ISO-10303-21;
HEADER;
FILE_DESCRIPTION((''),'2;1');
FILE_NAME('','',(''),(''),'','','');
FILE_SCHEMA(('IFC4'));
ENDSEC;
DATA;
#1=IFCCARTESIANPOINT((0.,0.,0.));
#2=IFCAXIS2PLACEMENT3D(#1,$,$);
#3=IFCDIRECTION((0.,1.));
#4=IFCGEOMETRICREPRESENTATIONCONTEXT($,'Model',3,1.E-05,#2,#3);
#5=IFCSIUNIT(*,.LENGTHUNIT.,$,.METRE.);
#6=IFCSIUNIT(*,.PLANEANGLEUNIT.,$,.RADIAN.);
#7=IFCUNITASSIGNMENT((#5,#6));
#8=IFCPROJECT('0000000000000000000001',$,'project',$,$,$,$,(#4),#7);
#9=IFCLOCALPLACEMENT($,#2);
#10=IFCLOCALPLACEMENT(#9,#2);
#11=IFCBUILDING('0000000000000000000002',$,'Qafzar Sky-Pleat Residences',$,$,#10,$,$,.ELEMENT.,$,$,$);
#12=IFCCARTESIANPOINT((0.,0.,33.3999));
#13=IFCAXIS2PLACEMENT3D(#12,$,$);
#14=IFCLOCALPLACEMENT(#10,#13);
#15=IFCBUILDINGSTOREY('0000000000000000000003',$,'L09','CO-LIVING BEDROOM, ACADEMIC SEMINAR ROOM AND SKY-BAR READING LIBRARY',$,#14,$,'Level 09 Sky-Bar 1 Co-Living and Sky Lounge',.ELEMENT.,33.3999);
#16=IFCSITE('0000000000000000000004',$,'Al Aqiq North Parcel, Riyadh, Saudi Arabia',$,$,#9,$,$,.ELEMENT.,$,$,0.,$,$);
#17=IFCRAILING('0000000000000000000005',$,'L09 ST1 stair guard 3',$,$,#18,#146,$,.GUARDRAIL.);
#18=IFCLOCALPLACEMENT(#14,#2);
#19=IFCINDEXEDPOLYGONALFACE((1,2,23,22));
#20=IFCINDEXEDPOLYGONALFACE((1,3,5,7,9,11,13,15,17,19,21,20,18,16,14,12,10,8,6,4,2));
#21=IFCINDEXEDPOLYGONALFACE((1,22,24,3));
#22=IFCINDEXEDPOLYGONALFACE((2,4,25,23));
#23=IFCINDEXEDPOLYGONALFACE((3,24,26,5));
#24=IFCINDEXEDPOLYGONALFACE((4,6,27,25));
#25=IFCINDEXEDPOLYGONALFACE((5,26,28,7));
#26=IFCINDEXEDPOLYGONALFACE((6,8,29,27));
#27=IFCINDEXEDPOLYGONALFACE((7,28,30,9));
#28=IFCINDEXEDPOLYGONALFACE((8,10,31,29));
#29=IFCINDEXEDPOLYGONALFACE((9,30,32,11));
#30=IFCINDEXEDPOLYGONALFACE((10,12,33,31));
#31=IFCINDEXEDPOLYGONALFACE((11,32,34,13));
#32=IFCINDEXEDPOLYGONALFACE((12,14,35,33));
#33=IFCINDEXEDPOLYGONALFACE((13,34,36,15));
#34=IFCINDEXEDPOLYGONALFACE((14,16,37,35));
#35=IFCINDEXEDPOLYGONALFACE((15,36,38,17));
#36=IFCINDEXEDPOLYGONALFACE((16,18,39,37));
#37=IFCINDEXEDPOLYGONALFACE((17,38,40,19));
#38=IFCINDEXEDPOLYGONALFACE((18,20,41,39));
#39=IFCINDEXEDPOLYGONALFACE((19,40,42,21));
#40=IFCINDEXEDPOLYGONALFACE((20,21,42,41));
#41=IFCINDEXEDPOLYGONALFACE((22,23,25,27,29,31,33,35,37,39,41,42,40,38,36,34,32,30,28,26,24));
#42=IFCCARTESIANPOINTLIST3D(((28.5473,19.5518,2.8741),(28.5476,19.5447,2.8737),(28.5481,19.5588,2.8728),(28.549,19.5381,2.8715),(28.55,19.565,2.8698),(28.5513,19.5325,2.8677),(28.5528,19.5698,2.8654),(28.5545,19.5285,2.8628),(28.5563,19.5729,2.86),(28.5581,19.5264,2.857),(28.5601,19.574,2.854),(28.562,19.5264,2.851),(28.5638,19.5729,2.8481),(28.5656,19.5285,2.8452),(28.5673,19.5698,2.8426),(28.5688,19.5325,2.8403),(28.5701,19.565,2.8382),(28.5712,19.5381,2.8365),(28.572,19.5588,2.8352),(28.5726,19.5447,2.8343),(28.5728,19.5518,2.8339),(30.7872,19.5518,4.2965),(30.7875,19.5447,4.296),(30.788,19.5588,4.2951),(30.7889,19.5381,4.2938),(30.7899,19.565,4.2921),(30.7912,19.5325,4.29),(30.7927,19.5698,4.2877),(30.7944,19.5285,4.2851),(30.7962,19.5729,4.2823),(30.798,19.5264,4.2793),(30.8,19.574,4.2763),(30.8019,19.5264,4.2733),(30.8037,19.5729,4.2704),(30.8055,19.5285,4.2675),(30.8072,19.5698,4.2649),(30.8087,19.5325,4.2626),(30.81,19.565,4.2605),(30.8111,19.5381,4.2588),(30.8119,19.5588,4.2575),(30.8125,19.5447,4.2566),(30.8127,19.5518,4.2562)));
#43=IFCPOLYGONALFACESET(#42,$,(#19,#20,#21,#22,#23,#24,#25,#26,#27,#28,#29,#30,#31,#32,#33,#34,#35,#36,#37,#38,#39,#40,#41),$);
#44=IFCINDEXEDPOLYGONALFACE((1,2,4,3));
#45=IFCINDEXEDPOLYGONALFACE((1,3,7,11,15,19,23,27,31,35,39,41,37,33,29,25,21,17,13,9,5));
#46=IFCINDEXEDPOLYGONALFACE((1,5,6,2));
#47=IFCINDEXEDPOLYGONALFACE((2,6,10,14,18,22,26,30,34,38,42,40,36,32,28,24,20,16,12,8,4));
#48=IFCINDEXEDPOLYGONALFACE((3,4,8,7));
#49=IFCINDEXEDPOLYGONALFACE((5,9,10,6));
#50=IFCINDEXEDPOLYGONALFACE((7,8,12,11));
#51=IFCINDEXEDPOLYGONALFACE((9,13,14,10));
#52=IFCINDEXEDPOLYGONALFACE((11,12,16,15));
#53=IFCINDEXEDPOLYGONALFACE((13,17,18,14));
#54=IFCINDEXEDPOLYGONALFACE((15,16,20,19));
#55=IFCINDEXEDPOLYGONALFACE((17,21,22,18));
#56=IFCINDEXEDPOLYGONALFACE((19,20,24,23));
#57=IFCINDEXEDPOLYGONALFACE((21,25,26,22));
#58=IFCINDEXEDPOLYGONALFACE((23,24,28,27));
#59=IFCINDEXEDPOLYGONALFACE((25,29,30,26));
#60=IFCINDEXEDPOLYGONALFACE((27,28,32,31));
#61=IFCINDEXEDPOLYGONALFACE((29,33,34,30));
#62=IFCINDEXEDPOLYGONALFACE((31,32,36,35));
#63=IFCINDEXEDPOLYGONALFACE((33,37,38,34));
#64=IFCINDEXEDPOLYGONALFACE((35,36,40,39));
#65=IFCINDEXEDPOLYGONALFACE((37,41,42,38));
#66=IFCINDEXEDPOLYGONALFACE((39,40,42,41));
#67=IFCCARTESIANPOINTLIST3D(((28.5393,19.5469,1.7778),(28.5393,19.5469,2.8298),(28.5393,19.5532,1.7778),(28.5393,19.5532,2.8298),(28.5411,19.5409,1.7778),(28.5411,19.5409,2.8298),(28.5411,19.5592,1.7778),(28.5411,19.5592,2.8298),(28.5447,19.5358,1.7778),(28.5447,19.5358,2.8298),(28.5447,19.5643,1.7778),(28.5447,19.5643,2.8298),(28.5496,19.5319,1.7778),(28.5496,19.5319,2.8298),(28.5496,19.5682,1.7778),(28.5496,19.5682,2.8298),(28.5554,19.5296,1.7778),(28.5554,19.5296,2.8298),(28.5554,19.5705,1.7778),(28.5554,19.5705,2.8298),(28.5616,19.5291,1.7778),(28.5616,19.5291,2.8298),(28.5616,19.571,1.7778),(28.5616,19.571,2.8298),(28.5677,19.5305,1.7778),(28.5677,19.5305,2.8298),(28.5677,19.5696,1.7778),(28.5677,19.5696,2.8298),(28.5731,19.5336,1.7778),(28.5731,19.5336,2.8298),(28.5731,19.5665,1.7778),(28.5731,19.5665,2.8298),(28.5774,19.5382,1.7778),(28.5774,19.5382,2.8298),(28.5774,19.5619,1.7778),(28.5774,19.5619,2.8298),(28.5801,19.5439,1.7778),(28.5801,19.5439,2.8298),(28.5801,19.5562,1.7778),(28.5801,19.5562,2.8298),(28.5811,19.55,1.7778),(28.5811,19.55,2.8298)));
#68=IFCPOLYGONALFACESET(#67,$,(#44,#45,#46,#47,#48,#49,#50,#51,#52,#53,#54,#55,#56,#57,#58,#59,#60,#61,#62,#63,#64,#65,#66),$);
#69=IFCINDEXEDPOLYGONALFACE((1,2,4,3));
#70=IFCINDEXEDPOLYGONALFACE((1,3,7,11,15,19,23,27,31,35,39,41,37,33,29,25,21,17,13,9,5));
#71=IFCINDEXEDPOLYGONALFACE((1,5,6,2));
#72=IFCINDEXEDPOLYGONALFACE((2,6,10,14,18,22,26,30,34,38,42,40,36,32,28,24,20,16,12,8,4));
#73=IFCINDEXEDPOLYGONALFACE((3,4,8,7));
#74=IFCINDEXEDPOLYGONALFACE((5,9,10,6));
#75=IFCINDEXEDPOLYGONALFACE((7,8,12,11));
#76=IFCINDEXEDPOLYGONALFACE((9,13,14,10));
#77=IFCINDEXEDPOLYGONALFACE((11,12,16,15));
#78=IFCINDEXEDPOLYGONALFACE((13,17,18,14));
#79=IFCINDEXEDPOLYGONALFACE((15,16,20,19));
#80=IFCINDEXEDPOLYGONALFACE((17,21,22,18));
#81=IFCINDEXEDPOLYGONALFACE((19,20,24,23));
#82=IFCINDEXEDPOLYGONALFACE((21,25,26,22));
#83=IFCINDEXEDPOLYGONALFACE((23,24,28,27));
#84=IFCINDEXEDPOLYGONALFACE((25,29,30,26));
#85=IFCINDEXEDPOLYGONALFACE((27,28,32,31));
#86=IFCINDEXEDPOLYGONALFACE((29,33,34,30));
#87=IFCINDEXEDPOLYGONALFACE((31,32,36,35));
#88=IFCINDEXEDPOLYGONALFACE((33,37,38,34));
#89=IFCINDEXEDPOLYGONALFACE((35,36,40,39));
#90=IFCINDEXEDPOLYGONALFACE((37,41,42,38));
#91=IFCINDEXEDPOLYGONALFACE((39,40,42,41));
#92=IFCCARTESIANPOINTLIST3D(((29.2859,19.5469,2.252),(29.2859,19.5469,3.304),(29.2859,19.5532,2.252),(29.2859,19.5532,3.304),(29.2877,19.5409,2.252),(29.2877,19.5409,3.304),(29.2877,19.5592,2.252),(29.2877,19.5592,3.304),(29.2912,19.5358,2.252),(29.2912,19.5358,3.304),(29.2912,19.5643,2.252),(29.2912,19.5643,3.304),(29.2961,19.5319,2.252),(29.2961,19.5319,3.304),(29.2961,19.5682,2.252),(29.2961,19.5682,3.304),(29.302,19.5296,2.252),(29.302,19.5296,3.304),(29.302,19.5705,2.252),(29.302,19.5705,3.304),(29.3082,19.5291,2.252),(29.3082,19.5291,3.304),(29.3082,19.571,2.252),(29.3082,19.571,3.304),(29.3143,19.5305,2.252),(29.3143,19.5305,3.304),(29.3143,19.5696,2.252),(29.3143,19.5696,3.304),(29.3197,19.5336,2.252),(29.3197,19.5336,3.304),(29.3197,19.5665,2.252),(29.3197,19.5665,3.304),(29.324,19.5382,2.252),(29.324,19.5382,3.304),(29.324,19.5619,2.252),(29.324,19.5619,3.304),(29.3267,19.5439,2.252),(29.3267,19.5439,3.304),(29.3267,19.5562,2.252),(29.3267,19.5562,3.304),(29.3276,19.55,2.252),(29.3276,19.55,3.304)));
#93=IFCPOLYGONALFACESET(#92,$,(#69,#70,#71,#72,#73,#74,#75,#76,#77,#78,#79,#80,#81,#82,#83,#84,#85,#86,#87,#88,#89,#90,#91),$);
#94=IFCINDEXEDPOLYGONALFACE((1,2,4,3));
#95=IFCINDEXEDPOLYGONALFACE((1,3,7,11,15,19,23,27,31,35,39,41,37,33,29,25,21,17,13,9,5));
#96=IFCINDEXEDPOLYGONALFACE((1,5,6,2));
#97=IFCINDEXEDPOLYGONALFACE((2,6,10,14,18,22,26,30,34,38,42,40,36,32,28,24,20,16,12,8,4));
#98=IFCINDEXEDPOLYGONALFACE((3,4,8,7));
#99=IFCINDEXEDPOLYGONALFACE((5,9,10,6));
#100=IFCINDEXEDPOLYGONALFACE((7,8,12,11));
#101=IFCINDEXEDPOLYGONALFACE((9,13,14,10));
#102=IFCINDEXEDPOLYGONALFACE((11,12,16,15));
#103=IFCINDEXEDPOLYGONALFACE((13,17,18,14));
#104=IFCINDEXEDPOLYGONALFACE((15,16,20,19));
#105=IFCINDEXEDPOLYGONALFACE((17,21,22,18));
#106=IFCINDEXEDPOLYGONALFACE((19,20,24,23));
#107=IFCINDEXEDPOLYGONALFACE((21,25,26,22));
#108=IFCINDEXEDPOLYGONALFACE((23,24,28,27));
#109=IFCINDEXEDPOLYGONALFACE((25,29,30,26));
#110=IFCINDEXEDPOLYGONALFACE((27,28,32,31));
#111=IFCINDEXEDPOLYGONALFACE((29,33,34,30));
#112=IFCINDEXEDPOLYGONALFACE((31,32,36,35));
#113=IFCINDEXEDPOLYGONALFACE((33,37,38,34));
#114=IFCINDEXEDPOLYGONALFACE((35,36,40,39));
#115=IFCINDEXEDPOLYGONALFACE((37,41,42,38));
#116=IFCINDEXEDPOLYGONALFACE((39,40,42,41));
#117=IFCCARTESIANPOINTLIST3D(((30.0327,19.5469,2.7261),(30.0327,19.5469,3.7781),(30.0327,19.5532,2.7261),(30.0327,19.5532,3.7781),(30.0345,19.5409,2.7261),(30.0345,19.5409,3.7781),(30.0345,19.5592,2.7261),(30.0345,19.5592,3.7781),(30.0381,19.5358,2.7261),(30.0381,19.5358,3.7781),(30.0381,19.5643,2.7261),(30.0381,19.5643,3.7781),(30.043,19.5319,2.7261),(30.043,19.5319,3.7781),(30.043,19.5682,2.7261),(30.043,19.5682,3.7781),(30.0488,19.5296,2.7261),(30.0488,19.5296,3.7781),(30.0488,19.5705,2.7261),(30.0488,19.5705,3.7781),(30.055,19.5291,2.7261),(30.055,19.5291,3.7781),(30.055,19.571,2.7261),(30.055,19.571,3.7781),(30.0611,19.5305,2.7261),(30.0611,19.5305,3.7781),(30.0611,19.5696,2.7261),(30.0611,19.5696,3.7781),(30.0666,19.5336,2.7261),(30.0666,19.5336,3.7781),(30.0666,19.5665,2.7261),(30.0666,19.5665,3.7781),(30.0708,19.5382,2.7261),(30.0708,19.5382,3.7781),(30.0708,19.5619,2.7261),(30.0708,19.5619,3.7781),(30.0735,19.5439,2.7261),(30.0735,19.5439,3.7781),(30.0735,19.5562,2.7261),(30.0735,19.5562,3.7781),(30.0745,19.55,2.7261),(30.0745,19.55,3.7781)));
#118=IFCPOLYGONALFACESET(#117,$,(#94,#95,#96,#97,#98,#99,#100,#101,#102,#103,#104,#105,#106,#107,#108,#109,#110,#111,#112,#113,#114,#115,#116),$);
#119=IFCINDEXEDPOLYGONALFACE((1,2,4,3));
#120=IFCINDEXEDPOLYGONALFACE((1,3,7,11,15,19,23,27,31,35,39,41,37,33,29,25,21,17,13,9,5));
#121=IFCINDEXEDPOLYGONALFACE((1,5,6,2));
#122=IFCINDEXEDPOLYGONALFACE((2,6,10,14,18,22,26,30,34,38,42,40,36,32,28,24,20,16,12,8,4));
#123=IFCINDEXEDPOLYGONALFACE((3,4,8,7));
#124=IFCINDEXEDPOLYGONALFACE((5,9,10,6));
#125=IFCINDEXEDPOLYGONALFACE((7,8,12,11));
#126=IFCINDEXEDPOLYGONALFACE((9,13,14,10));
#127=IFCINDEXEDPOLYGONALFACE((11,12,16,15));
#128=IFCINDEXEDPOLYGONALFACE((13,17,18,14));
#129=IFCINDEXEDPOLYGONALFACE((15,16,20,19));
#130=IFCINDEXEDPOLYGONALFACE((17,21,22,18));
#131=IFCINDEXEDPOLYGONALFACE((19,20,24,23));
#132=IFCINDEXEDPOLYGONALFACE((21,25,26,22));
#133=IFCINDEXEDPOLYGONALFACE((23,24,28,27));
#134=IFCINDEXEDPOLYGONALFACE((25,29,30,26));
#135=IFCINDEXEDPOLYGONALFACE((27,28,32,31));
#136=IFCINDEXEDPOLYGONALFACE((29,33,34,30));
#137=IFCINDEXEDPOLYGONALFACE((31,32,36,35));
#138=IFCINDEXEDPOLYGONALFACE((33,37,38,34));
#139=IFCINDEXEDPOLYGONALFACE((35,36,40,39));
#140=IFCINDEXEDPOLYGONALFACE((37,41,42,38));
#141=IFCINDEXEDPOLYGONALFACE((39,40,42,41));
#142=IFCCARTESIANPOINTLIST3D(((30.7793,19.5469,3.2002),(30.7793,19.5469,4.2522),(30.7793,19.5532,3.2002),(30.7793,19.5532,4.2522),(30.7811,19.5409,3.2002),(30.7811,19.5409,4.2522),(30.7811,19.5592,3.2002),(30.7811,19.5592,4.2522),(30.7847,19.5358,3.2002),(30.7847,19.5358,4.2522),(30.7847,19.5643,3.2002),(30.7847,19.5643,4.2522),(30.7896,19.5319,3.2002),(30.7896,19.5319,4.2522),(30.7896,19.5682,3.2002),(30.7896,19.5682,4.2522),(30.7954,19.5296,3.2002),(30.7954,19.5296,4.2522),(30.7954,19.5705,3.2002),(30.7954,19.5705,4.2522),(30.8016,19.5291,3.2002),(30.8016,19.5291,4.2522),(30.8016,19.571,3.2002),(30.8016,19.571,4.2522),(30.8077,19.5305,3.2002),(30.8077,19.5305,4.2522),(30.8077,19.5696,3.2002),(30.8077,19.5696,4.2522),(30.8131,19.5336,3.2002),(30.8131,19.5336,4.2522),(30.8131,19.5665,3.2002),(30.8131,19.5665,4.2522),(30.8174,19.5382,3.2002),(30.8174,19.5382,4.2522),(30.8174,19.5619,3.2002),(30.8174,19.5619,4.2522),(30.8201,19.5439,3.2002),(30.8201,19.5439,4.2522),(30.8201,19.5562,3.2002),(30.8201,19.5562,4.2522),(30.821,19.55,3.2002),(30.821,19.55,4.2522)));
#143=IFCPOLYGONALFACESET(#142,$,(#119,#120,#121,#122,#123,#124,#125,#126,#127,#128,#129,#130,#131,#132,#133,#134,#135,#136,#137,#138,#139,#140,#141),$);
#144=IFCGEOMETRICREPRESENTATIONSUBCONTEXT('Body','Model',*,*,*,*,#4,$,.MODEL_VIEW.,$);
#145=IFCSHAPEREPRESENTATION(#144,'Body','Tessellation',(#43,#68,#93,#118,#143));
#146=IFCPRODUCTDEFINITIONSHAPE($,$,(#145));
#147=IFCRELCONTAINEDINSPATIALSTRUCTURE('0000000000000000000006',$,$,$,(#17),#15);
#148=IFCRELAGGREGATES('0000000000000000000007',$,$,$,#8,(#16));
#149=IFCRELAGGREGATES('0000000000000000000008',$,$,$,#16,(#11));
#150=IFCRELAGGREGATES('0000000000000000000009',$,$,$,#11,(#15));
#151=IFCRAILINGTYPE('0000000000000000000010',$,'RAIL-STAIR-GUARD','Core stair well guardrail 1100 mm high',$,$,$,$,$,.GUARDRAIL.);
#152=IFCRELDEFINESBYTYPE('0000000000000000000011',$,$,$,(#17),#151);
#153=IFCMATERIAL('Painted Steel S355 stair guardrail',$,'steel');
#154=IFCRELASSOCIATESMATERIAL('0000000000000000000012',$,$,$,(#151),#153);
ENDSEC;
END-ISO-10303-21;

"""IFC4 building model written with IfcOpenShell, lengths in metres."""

from ifc_helpers import new_model, si_unit, direction, frame, origin, origin_2d, place, context, subcontext, project, spatial, circle, extrude, source, transform, mapped, material, type_object, element, save


model = new_model("IFC4")

# Units and contexts
model_context = context("Model", 3, precision=1e-05, world=origin(), true_north=direction((0.0, 1.0)))
body_context = subcontext(model_context, "Body", "Model", "MODEL_VIEW")
ifc_project = project(units=[si_unit("LENGTHUNIT", "METRE"), si_unit("PLANEANGLEUNIT", "RADIAN")], contexts=[model_context])

# Site, building, storey
site_placement = place(None, origin())
site = spatial("IfcSite", under=ifc_project, at=site_placement, Name="Al Aqiq North Parcel, Riyadh, Saudi Arabia", CompositionType="ELEMENT", RefElevation=0.0)
building_placement = place(site_placement, origin())
building = spatial("IfcBuilding", under=site, at=building_placement, Name="Qafzar Sky-Pleat Residences", CompositionType="ELEMENT")
storey_placement = place(building_placement, frame((0.0, 0.0, 33.3999)))
storey = spatial("IfcBuildingStorey", under=building, at=storey_placement, Name="L09", Description="CO-LIVING BEDROOM, ACADEMIC SEMINAR ROOM AND SKY-BAR READING LIBRARY", LongName="Level 09 Sky-Bar 1 Co-Living and Sky Lounge", CompositionType="ELEMENT", Elevation=33.3999)

# Railing
ifc_material_1 = material(Name="Painted Steel S355 stair guardrail", Category="steel")
railing_type_1 = type_object("IfcRailingType", Name="RAIL-STAIR-GUARD", Description="Core stair well guardrail 1100 mm high", PredefinedType="GUARDRAIL", material=ifc_material_1)
shared_shape_1 = source(origin(), body_context, "Body", "SweptSolid", [
    extrude(circle(Radius=0.0239, at=origin_2d()), frame((0.0, 0.0, 1.0762), z_axis=(0.844188, 0.0, 0.536048), x_axis=(0.0, 1.0, 0.0)), (0.0, 0.0, 1.0), 2.6533),
    extrude(circle(Radius=0.021, at=origin_2d()), origin(), (0.0, 0.0, 1.0), 1.052),
    extrude(circle(Radius=0.021, at=origin_2d()), frame((0.7466, 0.0, 0.4741)), (0.0, 0.0, 1.0), 1.052),
    extrude(circle(Radius=0.021, at=origin_2d()), frame((1.4934, 0.0, 0.9482)), (0.0, 0.0, 1.0), 1.052),
    extrude(circle(Radius=0.021, at=origin_2d()), frame((2.24, 0.0, 1.4224)), (0.0, 0.0, 1.0), 1.052),
])
railing_1_placement = place(storey_placement, frame((28.5601, 19.55, 1.7778)))
element("IfcRailing", 1, at=railing_1_placement, inside=storey, type_object=railing_type_1, Name="L09 ST1 stair guard 3", PredefinedType="GUARDRAIL", context=body_context, shape_type="MappedRepresentation", body=[
    mapped(shared_shape_1, transform((0.0, 0.0, 0.0), x_axis=(1.0, 0.0, 0.0), y_axis=(0.0, 1.0, 0.0), z_axis=(0.0, 0.0, 1.0), scale=1.0)),
])

save(model, "model.ifc")
